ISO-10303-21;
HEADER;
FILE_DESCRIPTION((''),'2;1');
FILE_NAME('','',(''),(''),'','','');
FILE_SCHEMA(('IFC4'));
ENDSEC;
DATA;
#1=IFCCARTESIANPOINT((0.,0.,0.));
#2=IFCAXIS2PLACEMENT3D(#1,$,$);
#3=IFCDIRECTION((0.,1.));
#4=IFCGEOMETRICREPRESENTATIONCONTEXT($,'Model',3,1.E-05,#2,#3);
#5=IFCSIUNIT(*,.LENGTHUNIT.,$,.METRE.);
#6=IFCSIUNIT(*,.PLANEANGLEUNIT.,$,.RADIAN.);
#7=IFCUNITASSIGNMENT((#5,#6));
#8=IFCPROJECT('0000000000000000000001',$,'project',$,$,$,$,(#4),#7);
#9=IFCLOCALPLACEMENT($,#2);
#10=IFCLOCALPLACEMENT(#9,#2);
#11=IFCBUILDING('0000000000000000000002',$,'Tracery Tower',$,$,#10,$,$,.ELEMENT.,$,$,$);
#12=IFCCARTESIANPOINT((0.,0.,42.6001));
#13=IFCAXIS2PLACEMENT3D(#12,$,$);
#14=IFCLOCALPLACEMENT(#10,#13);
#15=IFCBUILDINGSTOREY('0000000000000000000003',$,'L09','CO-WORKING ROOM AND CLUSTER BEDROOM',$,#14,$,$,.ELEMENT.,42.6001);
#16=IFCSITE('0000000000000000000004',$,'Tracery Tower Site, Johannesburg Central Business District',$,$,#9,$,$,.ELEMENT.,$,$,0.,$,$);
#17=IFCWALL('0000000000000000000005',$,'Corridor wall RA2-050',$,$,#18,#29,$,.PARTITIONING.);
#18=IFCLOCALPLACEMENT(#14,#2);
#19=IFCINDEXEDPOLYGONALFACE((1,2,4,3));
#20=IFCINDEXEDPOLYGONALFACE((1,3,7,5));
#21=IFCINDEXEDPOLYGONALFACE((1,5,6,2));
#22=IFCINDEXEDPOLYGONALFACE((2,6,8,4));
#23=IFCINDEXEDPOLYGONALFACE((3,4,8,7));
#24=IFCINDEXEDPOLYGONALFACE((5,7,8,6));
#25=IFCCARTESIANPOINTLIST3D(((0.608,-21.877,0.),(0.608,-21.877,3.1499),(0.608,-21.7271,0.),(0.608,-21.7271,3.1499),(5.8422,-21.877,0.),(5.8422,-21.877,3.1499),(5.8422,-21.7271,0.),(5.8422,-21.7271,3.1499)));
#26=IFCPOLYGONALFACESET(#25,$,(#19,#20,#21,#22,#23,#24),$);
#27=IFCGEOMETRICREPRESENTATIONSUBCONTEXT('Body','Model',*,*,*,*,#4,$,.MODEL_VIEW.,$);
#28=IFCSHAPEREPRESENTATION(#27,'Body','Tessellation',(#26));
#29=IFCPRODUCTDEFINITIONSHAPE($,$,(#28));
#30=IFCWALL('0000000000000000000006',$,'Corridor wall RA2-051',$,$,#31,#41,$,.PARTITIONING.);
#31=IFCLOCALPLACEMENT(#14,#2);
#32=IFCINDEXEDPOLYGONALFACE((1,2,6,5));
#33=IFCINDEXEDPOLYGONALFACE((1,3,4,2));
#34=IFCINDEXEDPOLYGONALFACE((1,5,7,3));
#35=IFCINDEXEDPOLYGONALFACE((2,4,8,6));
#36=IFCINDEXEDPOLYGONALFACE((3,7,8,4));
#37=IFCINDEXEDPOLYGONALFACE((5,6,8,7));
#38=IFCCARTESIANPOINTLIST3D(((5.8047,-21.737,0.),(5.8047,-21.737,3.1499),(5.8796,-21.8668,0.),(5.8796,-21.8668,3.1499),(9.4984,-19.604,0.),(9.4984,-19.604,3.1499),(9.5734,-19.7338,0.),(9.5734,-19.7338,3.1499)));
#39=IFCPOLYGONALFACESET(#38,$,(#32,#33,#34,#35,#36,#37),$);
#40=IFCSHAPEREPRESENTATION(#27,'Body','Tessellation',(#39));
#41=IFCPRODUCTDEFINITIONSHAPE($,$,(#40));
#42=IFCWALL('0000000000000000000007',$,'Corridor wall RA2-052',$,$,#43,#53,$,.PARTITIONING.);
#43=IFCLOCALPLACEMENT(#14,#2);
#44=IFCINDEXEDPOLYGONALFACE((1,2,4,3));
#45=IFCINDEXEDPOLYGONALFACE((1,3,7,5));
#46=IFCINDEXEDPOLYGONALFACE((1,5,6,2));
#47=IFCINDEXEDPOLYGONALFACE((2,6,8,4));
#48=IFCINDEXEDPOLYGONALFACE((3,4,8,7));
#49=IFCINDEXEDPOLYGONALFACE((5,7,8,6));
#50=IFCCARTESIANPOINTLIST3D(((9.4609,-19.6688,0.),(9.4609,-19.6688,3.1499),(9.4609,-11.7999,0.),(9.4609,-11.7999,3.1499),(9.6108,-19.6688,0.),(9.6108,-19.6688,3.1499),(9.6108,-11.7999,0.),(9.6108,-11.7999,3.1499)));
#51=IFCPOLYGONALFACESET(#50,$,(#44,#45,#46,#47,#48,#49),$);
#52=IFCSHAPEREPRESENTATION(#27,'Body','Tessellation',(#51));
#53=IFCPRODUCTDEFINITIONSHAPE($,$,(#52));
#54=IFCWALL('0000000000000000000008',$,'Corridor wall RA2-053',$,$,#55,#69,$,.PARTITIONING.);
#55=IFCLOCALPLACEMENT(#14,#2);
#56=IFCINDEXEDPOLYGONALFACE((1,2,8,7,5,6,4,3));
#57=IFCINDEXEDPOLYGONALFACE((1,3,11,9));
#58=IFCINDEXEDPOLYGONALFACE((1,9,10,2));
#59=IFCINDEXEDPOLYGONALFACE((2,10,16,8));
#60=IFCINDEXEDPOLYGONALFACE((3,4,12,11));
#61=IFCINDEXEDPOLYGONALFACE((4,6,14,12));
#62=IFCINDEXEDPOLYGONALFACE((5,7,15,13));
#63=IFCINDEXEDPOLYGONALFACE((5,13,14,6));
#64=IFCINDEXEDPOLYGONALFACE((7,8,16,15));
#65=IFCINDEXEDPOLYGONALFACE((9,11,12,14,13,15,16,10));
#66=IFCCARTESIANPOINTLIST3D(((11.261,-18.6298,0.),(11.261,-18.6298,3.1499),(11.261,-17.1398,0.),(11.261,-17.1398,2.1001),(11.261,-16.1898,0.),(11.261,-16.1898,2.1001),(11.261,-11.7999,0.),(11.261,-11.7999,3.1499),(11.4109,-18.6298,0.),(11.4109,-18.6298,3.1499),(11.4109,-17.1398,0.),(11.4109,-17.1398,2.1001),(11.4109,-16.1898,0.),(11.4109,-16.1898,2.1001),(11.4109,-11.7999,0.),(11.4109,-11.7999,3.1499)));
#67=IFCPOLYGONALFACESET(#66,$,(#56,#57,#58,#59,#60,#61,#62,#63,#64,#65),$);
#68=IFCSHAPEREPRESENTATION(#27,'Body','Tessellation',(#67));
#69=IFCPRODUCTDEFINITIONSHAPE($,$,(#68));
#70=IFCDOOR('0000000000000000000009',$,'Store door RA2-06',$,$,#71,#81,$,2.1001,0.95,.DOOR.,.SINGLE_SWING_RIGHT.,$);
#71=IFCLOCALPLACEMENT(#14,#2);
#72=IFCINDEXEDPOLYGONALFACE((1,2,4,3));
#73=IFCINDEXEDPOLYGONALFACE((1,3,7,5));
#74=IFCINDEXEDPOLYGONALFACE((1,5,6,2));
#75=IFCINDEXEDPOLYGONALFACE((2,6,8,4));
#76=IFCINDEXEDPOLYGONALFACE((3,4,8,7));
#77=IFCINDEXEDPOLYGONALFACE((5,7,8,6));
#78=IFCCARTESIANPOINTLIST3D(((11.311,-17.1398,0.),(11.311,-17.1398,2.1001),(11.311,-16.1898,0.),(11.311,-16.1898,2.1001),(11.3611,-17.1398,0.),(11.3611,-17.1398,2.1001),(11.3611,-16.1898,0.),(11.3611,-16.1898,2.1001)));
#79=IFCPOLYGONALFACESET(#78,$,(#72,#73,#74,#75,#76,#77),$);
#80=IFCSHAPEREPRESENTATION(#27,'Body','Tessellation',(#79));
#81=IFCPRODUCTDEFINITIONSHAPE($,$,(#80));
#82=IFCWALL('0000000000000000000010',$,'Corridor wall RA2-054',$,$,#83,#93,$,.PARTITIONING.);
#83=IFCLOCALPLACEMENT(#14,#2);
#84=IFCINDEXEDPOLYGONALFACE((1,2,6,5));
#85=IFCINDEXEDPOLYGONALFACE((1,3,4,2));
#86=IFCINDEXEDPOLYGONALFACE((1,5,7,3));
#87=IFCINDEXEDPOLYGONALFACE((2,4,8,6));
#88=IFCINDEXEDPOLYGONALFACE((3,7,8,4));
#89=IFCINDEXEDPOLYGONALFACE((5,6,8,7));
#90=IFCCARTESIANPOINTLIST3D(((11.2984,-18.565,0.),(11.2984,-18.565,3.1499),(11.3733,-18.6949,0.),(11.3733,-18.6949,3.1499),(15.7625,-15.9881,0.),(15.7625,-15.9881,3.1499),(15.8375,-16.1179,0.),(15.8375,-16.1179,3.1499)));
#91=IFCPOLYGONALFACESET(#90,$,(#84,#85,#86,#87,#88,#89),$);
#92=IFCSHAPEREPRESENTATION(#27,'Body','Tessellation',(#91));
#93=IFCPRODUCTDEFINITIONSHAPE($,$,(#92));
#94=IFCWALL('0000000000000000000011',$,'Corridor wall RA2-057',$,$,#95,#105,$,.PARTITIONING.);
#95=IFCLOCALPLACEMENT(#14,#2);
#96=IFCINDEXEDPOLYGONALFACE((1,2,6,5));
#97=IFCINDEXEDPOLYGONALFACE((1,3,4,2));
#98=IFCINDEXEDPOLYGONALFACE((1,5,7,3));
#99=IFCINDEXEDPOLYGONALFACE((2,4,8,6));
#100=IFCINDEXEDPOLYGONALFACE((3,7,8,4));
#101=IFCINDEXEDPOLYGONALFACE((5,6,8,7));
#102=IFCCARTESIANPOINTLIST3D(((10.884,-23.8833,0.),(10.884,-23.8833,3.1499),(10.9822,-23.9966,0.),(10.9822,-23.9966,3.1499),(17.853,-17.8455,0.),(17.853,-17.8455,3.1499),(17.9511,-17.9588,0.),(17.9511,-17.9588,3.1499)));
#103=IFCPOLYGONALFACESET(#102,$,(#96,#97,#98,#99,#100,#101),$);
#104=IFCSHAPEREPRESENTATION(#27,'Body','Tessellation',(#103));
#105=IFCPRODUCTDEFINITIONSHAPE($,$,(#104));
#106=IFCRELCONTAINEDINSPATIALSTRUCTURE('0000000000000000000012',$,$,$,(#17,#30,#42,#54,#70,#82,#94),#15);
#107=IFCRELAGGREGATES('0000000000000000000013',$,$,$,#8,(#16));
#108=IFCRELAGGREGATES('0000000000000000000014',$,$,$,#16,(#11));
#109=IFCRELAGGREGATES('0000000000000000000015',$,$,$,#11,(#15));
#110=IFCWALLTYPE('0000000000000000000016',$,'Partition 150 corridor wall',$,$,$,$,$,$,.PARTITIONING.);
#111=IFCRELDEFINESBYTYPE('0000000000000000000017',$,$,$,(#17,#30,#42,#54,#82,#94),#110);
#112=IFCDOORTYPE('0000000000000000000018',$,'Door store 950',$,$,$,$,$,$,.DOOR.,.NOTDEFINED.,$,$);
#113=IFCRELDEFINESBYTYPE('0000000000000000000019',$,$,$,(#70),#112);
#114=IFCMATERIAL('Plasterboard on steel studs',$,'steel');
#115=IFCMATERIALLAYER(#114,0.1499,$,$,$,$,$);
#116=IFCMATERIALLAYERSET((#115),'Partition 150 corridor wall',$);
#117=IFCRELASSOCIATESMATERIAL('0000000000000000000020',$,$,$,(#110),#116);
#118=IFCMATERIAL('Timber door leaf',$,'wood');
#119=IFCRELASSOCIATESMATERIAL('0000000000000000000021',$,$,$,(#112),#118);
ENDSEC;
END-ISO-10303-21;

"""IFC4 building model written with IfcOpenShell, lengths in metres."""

from ifc_helpers import new_model, si_unit, direction, frame, frame_2d, origin, place, context, subcontext, project, spatial, rectangle, extrude, material, layer, layer_set, type_object, element, fill, save


model = new_model("IFC4")

# Units and contexts
model_context = context("Model", 3, precision=1e-05, world=origin(), true_north=direction((0.0, 1.0)))
body_context = subcontext(model_context, "Body", "Model", "MODEL_VIEW")
ifc_project = project(units=[si_unit("LENGTHUNIT", "METRE"), si_unit("PLANEANGLEUNIT", "RADIAN")], contexts=[model_context])

# Site, building, storey
site_placement = place(None, origin())
site = spatial("IfcSite", under=ifc_project, at=site_placement, Name="Tracery Tower Site, Johannesburg Central Business District", CompositionType="ELEMENT", RefElevation=0.0)
building_placement = place(site_placement, origin())
building = spatial("IfcBuilding", under=site, at=building_placement, Name="Tracery Tower", CompositionType="ELEMENT")
storey_placement = place(building_placement, frame((0.0, 0.0, 42.6001)))
storey = spatial("IfcBuildingStorey", under=building, at=storey_placement, Name="L09", Description="CO-WORKING ROOM AND CLUSTER BEDROOM", CompositionType="ELEMENT", Elevation=42.6001)

# Shared definitions
ifc_material_1 = material(Name="Plasterboard on steel studs", Category="steel")
ifc_layer_1 = layer(ifc_material_1, 0.1499)
ifc_layer_set_1 = layer_set([ifc_layer_1], Name="Partition 150 corridor wall")
wall_type_1 = type_object("IfcWallType", Name="Partition 150 corridor wall", PredefinedType="PARTITIONING", material=ifc_layer_set_1)

# Walls
wall_1_placement = place(storey_placement, frame((0.6079, -21.802, 0.0), z_axis=(0.0, 0.0, 1.0), x_axis=(1.0, 0.0, 0.0)))
element("IfcWall", 1, at=wall_1_placement, inside=storey, type_object=wall_type_1, Name="Corridor wall RA2-050", PredefinedType="PARTITIONING", context=body_context, shape_type="SweptSolid", body=[
    extrude(rectangle(XDim=5.2341, YDim=0.1499, at=frame_2d((2.6172, 0.0))), origin(), (0.0, 0.0, 1.0), 3.1499),
])
wall_2_placement = place(storey_placement, frame((5.842, -21.802, 0.0), z_axis=(0.0, 0.0, 1.0), x_axis=(0.865984, 0.500073, 0.0)))
element("IfcWall", 2, at=wall_2_placement, inside=storey, type_object=wall_type_1, Name="Corridor wall RA2-051", PredefinedType="PARTITIONING", context=body_context, shape_type="SweptSolid", body=[
    extrude(rectangle(XDim=4.2654, YDim=0.1499, at=frame_2d((2.1328, 0.0))), origin(), (0.0, 0.0, 1.0), 3.1499),
])
wall_3_placement = place(storey_placement, frame((9.5359, -19.6689, 0.0), z_axis=(0.0, 0.0, 1.0), x_axis=(0.0, 1.0, 0.0)))
element("IfcWall", 3, at=wall_3_placement, inside=storey, type_object=wall_type_1, Name="Corridor wall RA2-052", PredefinedType="PARTITIONING", context=body_context, shape_type="SweptSolid", body=[
    extrude(rectangle(XDim=7.8689, YDim=0.1499, at=frame_2d((3.9346, 0.0))), origin(), (0.0, 0.0, 1.0), 3.1499),
])

# Wall, opening, door
wall_4_placement = place(storey_placement, frame((11.3359, -18.6299, 0.0), z_axis=(0.0, 0.0, 1.0), x_axis=(0.0, 1.0, 0.0)))
wall_4 = element("IfcWall", 4, at=wall_4_placement, inside=storey, type_object=wall_type_1, Name="Corridor wall RA2-053", PredefinedType="PARTITIONING", context=body_context, shape_type="SweptSolid", body=[
    extrude(rectangle(XDim=6.8298, YDim=0.1499, at=frame_2d((3.415, 0.0))), origin(), (0.0, 0.0, 1.0), 3.1499),
])
opening_1_placement = place(wall_4_placement, frame((1.49, 0.0, 0.0)))
opening_1 = element("IfcOpeningElement", 5, at=opening_1_placement, cuts=wall_4, PredefinedType="OPENING", context=body_context, shape_type="SweptSolid", body=[
    extrude(rectangle(XDim=0.95, YDim=2.1001, at=frame_2d((0.4751, 1.05))), frame((0.0, 0.075, 0.0), z_axis=(0.0, -1.0, 0.0), x_axis=(1.0, 0.0, 0.0)), (0.0, 0.0, 1.0), 0.1499),
])
ifc_material_2 = material(Name="Timber door leaf", Category="wood")
door_type_1 = type_object("IfcDoorType", Name="Door store 950", OperationType="NOTDEFINED", PredefinedType="DOOR", material=ifc_material_2)
door_1_placement = place(opening_1_placement, origin())
door_1 = element("IfcDoor", 6, at=door_1_placement, inside=storey, type_object=door_type_1, Name="Store door RA2-06", OperationType="SINGLE_SWING_RIGHT", OverallHeight=2.1001, OverallWidth=0.95, PredefinedType="DOOR", context=body_context, shape_type="SweptSolid", body=[
    extrude(rectangle(XDim=0.95, YDim=2.1001, at=frame_2d((0.4751, 1.05))), frame((0.0, 0.0249, 0.0), z_axis=(0.0, -1.0, 0.0), x_axis=(1.0, 0.0, 0.0)), (0.0, 0.0, 1.0), 0.05),
])
fill(opening_1, door_1)

# Walls
wall_5_placement = place(storey_placement, frame((11.3359, -18.6299, 0.0), z_axis=(0.0, 0.0, 1.0), x_axis=(0.866063, 0.499934, 0.0)))
element("IfcWall", 7, at=wall_5_placement, inside=storey, type_object=wall_type_1, Name="Corridor wall RA2-054", PredefinedType="PARTITIONING", context=body_context, shape_type="SweptSolid", body=[
    extrude(rectangle(XDim=5.1545, YDim=0.1499, at=frame_2d((2.5771, 0.0))), origin(), (0.0, 0.0, 1.0), 3.1499),
])
wall_6_placement = place(storey_placement, frame((10.9331, -23.9399, 0.0), z_axis=(0.0, 0.0, 1.0), x_axis=(0.755794, 0.65481, 0.0)))
element("IfcWall", 8, at=wall_6_placement, inside=storey, type_object=wall_type_1, Name="Corridor wall RA2-057", PredefinedType="PARTITIONING", context=body_context, shape_type="SweptSolid", body=[
    extrude(rectangle(XDim=9.2207, YDim=0.1499, at=frame_2d((4.6104, 0.0))), origin(), (0.0, 0.0, 1.0), 3.1499),
])

save(model, "model.ifc")
